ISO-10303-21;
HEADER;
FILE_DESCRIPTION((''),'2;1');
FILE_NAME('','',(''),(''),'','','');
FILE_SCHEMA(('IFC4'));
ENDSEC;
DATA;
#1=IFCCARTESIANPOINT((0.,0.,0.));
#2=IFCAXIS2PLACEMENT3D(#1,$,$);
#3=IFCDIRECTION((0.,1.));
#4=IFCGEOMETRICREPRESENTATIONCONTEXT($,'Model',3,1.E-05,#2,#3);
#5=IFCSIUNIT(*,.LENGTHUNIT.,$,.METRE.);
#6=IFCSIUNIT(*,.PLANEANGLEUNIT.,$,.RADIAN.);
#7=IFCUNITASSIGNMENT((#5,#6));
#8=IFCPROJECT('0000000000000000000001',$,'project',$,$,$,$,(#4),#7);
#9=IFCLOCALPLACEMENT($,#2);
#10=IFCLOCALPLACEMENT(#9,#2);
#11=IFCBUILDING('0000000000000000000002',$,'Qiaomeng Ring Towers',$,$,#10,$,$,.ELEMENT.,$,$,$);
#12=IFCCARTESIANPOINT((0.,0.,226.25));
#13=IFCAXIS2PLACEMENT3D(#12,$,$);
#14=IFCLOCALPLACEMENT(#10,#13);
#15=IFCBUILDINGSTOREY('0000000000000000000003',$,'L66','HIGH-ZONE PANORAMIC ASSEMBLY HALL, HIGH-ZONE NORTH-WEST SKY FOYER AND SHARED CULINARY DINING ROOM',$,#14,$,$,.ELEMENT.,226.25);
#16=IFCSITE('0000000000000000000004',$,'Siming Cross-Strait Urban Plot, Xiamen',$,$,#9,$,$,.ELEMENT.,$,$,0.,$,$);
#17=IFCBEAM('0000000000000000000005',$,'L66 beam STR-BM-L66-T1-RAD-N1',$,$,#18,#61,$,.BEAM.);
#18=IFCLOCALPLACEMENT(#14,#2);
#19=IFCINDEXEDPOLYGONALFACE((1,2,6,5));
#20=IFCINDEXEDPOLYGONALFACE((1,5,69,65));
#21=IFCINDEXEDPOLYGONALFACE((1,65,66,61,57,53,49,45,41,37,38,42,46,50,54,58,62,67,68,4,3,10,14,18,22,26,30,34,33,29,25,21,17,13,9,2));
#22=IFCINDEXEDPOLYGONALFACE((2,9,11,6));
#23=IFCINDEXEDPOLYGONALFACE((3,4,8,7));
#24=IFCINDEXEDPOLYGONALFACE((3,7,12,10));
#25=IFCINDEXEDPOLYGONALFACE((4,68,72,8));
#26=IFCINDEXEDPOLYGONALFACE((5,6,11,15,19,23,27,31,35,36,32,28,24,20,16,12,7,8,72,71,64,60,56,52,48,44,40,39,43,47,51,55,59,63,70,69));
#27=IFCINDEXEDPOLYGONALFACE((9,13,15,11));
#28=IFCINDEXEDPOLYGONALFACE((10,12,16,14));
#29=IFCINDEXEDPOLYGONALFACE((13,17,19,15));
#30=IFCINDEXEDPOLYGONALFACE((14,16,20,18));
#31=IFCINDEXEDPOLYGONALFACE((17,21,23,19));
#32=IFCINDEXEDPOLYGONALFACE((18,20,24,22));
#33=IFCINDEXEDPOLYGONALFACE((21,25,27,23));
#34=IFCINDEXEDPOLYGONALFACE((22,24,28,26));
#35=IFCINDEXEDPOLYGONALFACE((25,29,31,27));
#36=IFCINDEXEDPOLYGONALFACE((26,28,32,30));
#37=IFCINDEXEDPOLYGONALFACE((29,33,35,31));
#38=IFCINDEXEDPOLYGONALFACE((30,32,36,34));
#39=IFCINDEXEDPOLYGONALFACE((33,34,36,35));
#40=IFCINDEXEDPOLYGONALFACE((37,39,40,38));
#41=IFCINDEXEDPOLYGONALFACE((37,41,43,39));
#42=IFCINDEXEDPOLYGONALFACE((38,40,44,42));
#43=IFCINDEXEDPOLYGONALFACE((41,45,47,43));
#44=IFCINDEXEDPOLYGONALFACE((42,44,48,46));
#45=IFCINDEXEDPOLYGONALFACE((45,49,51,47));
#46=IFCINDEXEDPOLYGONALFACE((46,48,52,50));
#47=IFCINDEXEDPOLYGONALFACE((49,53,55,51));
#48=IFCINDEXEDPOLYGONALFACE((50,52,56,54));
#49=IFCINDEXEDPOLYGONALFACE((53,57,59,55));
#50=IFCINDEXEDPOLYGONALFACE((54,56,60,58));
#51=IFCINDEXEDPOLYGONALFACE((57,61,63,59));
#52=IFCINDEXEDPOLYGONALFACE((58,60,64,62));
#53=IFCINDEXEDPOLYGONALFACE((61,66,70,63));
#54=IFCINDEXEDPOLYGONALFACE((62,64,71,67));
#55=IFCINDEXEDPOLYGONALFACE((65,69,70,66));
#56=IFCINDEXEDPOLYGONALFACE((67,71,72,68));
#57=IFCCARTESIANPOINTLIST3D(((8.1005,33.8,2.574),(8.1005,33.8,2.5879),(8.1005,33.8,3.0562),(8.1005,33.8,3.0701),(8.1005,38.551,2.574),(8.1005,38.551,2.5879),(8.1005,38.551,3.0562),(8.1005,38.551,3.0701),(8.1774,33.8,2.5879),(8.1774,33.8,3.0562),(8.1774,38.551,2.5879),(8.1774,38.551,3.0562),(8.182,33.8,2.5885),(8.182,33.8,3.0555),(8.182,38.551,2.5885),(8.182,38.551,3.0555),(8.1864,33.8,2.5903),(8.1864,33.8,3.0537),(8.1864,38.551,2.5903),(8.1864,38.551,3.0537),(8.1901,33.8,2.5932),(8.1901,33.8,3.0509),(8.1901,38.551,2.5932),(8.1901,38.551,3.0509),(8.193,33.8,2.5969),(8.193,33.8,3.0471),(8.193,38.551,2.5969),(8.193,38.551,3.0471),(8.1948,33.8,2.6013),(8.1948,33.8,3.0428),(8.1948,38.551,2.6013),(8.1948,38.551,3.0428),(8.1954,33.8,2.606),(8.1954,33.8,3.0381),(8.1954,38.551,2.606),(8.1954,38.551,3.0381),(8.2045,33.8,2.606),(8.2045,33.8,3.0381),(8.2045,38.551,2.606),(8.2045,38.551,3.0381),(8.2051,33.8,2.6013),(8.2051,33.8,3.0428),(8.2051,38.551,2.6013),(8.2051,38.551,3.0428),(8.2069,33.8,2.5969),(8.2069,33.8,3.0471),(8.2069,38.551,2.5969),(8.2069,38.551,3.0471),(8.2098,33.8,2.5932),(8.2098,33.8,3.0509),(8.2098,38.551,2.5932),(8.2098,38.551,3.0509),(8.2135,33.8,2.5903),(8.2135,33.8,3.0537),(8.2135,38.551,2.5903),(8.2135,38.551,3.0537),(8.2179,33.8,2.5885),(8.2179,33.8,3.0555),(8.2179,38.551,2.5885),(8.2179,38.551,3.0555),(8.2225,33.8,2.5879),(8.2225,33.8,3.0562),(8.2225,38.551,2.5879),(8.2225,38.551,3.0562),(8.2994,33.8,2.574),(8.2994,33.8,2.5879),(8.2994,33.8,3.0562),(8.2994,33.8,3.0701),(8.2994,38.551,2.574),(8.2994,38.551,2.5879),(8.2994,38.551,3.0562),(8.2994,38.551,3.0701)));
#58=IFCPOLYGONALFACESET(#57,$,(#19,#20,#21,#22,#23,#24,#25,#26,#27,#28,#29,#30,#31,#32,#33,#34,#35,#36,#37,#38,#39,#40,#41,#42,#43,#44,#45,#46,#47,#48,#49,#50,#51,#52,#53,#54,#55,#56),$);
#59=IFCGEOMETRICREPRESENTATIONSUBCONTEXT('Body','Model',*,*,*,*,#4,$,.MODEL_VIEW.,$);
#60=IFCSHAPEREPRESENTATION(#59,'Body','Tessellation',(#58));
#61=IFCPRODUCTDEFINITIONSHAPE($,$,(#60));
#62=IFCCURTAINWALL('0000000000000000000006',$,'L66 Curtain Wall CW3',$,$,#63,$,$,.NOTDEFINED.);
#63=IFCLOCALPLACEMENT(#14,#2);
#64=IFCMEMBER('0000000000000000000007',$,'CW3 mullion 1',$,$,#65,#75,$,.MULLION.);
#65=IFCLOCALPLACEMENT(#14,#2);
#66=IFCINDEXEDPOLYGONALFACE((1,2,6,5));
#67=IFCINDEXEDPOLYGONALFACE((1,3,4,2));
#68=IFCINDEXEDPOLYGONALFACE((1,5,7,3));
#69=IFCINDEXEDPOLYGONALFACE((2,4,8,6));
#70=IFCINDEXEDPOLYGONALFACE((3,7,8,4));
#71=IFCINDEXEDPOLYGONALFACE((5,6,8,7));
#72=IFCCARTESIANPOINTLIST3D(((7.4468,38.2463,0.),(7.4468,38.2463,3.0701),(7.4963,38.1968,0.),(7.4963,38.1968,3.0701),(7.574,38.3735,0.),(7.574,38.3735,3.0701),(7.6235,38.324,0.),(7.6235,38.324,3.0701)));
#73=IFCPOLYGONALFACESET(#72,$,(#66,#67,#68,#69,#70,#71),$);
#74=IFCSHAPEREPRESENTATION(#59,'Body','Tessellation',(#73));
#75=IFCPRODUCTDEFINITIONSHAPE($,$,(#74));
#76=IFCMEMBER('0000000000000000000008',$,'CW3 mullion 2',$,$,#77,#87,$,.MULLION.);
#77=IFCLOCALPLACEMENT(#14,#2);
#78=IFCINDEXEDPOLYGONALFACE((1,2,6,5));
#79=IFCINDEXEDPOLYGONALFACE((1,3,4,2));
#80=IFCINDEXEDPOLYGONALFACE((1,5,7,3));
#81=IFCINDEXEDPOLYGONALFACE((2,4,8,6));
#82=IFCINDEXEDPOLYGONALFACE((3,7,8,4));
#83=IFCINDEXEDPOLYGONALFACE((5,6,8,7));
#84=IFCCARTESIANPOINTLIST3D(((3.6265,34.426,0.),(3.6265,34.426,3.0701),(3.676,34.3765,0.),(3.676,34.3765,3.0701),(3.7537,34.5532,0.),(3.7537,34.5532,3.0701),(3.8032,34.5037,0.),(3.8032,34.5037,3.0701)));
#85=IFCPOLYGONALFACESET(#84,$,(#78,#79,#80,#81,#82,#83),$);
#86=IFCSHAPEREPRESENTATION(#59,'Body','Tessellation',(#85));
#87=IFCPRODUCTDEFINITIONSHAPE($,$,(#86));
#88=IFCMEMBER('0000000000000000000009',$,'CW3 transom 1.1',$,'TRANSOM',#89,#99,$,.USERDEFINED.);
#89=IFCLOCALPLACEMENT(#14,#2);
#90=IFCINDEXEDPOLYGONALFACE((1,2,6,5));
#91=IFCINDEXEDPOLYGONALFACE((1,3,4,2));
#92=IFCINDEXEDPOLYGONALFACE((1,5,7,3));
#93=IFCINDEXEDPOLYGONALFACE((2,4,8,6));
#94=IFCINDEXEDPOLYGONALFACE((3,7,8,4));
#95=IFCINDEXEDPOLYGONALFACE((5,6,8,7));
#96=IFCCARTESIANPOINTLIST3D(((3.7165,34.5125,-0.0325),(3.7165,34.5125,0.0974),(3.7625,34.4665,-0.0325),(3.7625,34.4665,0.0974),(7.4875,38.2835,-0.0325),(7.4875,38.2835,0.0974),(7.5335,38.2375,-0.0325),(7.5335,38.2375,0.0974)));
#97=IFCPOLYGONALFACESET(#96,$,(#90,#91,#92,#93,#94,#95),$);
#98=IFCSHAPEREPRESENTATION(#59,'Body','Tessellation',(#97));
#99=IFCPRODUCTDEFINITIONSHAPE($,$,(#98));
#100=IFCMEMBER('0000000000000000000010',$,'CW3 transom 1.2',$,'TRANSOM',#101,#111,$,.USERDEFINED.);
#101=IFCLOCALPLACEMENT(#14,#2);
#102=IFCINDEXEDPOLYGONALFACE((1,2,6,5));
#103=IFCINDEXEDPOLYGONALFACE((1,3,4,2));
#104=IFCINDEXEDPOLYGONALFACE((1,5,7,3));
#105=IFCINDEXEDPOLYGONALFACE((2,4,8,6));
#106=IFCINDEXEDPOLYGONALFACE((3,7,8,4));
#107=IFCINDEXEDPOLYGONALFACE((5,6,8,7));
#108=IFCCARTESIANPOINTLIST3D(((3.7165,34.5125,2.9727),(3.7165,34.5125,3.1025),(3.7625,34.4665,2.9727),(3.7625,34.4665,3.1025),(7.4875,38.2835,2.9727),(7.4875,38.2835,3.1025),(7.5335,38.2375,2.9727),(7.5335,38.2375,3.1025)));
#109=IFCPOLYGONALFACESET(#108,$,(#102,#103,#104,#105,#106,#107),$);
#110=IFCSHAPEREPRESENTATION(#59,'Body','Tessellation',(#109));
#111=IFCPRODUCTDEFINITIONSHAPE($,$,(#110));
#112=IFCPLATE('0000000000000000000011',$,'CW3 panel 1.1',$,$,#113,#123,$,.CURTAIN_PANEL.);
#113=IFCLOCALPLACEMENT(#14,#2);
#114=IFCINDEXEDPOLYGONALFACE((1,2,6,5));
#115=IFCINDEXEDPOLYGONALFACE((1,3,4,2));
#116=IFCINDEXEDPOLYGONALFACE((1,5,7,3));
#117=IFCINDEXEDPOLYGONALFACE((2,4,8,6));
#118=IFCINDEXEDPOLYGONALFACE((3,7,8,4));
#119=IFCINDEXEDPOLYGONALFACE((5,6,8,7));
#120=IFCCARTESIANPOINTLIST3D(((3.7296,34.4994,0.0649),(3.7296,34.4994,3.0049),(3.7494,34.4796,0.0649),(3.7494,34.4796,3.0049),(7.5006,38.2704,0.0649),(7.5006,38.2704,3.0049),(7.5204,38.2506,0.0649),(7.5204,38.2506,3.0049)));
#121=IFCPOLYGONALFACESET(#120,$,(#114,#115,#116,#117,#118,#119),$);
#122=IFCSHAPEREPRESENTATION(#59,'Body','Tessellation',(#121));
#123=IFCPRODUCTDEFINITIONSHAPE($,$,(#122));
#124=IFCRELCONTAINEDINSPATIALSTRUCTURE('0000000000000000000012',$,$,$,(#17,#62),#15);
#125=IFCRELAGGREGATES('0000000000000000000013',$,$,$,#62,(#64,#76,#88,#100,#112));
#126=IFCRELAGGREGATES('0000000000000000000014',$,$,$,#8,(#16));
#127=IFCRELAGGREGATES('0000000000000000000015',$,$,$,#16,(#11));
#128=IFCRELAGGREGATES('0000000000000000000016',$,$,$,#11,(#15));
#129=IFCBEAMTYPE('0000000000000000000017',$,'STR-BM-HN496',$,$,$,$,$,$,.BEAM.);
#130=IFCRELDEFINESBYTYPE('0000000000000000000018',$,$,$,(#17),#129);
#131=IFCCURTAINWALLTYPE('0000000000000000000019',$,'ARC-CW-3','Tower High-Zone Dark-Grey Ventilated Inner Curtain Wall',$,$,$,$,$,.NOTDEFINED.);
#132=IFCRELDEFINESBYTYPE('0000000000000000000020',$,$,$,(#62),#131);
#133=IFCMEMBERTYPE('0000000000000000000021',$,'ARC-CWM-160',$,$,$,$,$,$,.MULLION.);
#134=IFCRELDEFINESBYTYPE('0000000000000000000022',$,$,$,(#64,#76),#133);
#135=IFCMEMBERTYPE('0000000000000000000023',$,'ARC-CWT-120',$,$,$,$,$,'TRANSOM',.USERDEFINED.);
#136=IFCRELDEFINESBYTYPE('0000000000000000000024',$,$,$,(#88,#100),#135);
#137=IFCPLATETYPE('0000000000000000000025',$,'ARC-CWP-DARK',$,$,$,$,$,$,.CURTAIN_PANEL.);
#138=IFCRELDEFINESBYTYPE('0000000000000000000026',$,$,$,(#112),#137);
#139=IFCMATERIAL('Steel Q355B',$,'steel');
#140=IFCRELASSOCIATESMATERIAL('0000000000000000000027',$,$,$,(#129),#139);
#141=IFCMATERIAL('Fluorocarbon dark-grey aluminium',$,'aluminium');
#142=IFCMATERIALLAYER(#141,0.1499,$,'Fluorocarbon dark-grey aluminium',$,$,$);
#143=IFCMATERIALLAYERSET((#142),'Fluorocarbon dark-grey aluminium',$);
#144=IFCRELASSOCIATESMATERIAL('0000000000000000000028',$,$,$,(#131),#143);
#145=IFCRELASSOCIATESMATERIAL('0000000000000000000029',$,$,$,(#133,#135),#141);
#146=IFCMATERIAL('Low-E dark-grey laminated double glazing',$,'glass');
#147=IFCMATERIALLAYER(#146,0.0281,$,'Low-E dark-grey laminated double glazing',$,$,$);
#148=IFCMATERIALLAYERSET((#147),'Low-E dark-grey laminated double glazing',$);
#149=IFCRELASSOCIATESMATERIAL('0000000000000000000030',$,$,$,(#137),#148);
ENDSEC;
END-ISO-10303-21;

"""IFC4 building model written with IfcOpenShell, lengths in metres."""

from ifc_helpers import new_model, si_unit, direction, frame, origin, origin_2d, place, context, subcontext, project, spatial, rectangle, i_section, extrude, source, transform, mapped, material, layer, layer_set, material_profile, profile_set, type_object, element, aggregate, save


model = new_model("IFC4")

# Units and contexts
model_context = context("Model", 3, precision=1e-05, world=origin(), true_north=direction((0.0, 1.0)))
body_context = subcontext(model_context, "Body", "Model", "MODEL_VIEW")
ifc_project = project(units=[si_unit("LENGTHUNIT", "METRE"), si_unit("PLANEANGLEUNIT", "RADIAN")], contexts=[model_context])

# Site, building, storey
site_placement = place(None, origin())
site = spatial("IfcSite", under=ifc_project, at=site_placement, Name="Siming Cross-Strait Urban Plot, Xiamen", CompositionType="ELEMENT", RefElevation=0.0)
building_placement = place(site_placement, origin())
building = spatial("IfcBuilding", under=site, at=building_placement, Name="Qiaomeng Ring Towers", CompositionType="ELEMENT")
storey_placement = place(building_placement, frame((0.0, 0.0, 226.25)))
storey = spatial("IfcBuildingStorey", under=building, at=storey_placement, Name="L66", Description="HIGH-ZONE PANORAMIC ASSEMBLY HALL, HIGH-ZONE NORTH-WEST SKY FOYER AND SHARED CULINARY DINING ROOM", CompositionType="ELEMENT", Elevation=226.25)

# Beam
ifc_material_1 = material(Name="Steel Q355B", Category="steel")
ifc_material_profile_1 = material_profile(ifc_material_1, i_section(OverallWidth=0.199, OverallDepth=0.4961, WebThickness=0.009, FlangeThickness=0.0139, FilletRadius=0.0181, at=origin_2d()), Name="HN 496x199x9x14")
ifc_profile_set_1 = profile_set([ifc_material_profile_1], Name="Steel Q355B")
beam_type_1 = type_object("IfcBeamType", Name="STR-BM-HN496", PredefinedType="BEAM", material=ifc_profile_set_1)
shared_shape_1 = source(origin(), body_context, "Body", "SweptSolid", [
    extrude(i_section(OverallWidth=0.199, OverallDepth=0.4961, WebThickness=0.009, FlangeThickness=0.0139, FilletRadius=0.0181, at=origin_2d()), origin(), (0.0, 0.0, 1.0), 4.751),
])
beam_1_placement = place(storey_placement, frame((8.2, 38.551, 2.822), z_axis=(0.0, -1.0, 0.0), x_axis=(1.0, 0.0, 0.0)))
element("IfcBeam", 1, at=beam_1_placement, inside=storey, type_object=beam_type_1, Name="L66 beam STR-BM-L66-T1-RAD-N1", PredefinedType="BEAM", context=body_context, shape_type="MappedRepresentation", body=[
    mapped(shared_shape_1, transform((0.0, 0.0, 0.0), x_axis=(1.0, 0.0, 0.0), y_axis=(0.0, 1.0, 0.0), z_axis=(0.0, 0.0, 1.0), scale=1.0)),
])

# Curtain wall, members, plate
ifc_material_2 = material(Name="Fluorocarbon dark-grey aluminium", Category="aluminium")
ifc_layer_1 = layer(ifc_material_2, 0.1499, Name="Fluorocarbon dark-grey aluminium")
ifc_layer_set_1 = layer_set([ifc_layer_1], Name="Fluorocarbon dark-grey aluminium")
curtain_wall_type = type_object("IfcCurtainWallType", Name="ARC-CW-3", Description="Tower High-Zone Dark-Grey Ventilated Inner Curtain Wall", PredefinedType="NOTDEFINED", material=ifc_layer_set_1)
curtain_wall_placement = place(storey_placement, origin())
curtain_wall = element("IfcCurtainWall", 2, at=curtain_wall_placement, inside=storey, type_object=curtain_wall_type, Name="L66 Curtain Wall CW3", PredefinedType="NOTDEFINED")
ifc_material_profile_2 = material_profile(ifc_material_2, rectangle(XDim=0.0701, YDim=0.1799, at=origin_2d()), Name="ALU MULL 70x180")
ifc_profile_set_2 = profile_set([ifc_material_profile_2], Name="Fluorocarbon dark-grey aluminium")
member_type_1 = type_object("IfcMemberType", Name="ARC-CWM-160", PredefinedType="MULLION", material=ifc_profile_set_2)
shared_shape_2 = source(origin(), body_context, "Body", "SweptSolid", [
    extrude(rectangle(XDim=0.0701, YDim=0.1799, at=origin_2d()), origin(), (0.0, 0.0, 1.0), 3.0701),
])
member_1_placement = place(storey_placement, frame((7.5352, 38.2852, 0.0), z_axis=(0.0, 0.0, 1.0), x_axis=(0.707107, -0.707107, 0.0)))
member_1 = element("IfcMember", 3, at=member_1_placement, type_object=member_type_1, Name="CW3 mullion 1", PredefinedType="MULLION", context=body_context, shape_type="MappedRepresentation", body=[
    mapped(shared_shape_2, transform((0.0, 0.0, 0.0), x_axis=(1.0, 0.0, 0.0), y_axis=(0.0, 1.0, 0.0), z_axis=(0.0, 0.0, 1.0), scale=1.0)),
])
member_2_placement = place(storey_placement, frame((3.7148, 34.4648, 0.0), z_axis=(0.0, 0.0, 1.0), x_axis=(0.707107, -0.707107, 0.0)))
member_2 = element("IfcMember", 4, at=member_2_placement, type_object=member_type_1, Name="CW3 mullion 2", PredefinedType="MULLION", context=body_context, shape_type="MappedRepresentation", body=[
    mapped(shared_shape_2, transform((0.0, 0.0, 0.0), x_axis=(1.0, 0.0, 0.0), y_axis=(0.0, 1.0, 0.0), z_axis=(0.0, 0.0, 1.0), scale=1.0)),
])
ifc_material_profile_3 = material_profile(ifc_material_2, rectangle(XDim=0.0649, YDim=0.1299, at=origin_2d()), Name="ALU TRAN 65x130")
ifc_profile_set_3 = profile_set([ifc_material_profile_3], Name="Fluorocarbon dark-grey aluminium")
member_type_2 = type_object("IfcMemberType", Name="ARC-CWT-120", ElementType="TRANSOM", PredefinedType="USERDEFINED", material=ifc_profile_set_3)
shared_shape_3 = source(origin(), body_context, "Body", "SweptSolid", [
    extrude(rectangle(XDim=0.0649, YDim=0.1299, at=origin_2d()), origin(), (0.0, 0.0, 1.0), 5.333),
])
member_3_placement = place(storey_placement, frame((7.5105, 38.2605, 0.0325), z_axis=(-0.707107, -0.707107, 0.0), x_axis=(0.707107, -0.707107, 0.0)))
member_3 = element("IfcMember", 5, at=member_3_placement, type_object=member_type_2, Name="CW3 transom 1.1", ObjectType="TRANSOM", PredefinedType="USERDEFINED", context=body_context, shape_type="MappedRepresentation", body=[
    mapped(shared_shape_3, transform((0.0, 0.0, 0.0), x_axis=(1.0, 0.0, 0.0), y_axis=(0.0, 1.0, 0.0), z_axis=(0.0, 0.0, 1.0), scale=1.0)),
])
member_4_placement = place(storey_placement, frame((7.5105, 38.2605, 3.0376), z_axis=(-0.707107, -0.707107, 0.0), x_axis=(0.707107, -0.707107, 0.0)))
member_4 = element("IfcMember", 6, at=member_4_placement, type_object=member_type_2, Name="CW3 transom 1.2", ObjectType="TRANSOM", PredefinedType="USERDEFINED", context=body_context, shape_type="MappedRepresentation", body=[
    mapped(shared_shape_3, transform((0.0, 0.0, 0.0), x_axis=(1.0, 0.0, 0.0), y_axis=(0.0, 1.0, 0.0), z_axis=(0.0, 0.0, 1.0), scale=1.0)),
])
ifc_material_3 = material(Name="Low-E dark-grey laminated double glazing", Category="glass")
ifc_layer_2 = layer(ifc_material_3, 0.0281, Name="Low-E dark-grey laminated double glazing")
ifc_layer_set_2 = layer_set([ifc_layer_2], Name="Low-E dark-grey laminated double glazing")
plate_type = type_object("IfcPlateType", Name="ARC-CWP-DARK", PredefinedType="CURTAIN_PANEL", material=ifc_layer_set_2)
shared_shape_4 = source(origin(), body_context, "Body", "SweptSolid", [
    extrude(rectangle(XDim=5.333, YDim=0.0281, at=origin_2d()), origin(), (0.0, 0.0, 1.0), 2.9399),
])
plate_placement = place(storey_placement, frame((5.625, 36.375, 0.0649), z_axis=(0.0, 0.0, 1.0), x_axis=(-0.707107, -0.707107, 0.0)))
plate = element("IfcPlate", 7, at=plate_placement, type_object=plate_type, Name="CW3 panel 1.1", PredefinedType="CURTAIN_PANEL", context=body_context, shape_type="MappedRepresentation", body=[
    mapped(shared_shape_4, transform((0.0, 0.0, 0.0), x_axis=(1.0, 0.0, 0.0), y_axis=(0.0, 1.0, 0.0), z_axis=(0.0, 0.0, 1.0), scale=1.0)),
])
aggregate(curtain_wall, [member_1, member_2, member_3, member_4, plate])

save(model, "model.ifc")
